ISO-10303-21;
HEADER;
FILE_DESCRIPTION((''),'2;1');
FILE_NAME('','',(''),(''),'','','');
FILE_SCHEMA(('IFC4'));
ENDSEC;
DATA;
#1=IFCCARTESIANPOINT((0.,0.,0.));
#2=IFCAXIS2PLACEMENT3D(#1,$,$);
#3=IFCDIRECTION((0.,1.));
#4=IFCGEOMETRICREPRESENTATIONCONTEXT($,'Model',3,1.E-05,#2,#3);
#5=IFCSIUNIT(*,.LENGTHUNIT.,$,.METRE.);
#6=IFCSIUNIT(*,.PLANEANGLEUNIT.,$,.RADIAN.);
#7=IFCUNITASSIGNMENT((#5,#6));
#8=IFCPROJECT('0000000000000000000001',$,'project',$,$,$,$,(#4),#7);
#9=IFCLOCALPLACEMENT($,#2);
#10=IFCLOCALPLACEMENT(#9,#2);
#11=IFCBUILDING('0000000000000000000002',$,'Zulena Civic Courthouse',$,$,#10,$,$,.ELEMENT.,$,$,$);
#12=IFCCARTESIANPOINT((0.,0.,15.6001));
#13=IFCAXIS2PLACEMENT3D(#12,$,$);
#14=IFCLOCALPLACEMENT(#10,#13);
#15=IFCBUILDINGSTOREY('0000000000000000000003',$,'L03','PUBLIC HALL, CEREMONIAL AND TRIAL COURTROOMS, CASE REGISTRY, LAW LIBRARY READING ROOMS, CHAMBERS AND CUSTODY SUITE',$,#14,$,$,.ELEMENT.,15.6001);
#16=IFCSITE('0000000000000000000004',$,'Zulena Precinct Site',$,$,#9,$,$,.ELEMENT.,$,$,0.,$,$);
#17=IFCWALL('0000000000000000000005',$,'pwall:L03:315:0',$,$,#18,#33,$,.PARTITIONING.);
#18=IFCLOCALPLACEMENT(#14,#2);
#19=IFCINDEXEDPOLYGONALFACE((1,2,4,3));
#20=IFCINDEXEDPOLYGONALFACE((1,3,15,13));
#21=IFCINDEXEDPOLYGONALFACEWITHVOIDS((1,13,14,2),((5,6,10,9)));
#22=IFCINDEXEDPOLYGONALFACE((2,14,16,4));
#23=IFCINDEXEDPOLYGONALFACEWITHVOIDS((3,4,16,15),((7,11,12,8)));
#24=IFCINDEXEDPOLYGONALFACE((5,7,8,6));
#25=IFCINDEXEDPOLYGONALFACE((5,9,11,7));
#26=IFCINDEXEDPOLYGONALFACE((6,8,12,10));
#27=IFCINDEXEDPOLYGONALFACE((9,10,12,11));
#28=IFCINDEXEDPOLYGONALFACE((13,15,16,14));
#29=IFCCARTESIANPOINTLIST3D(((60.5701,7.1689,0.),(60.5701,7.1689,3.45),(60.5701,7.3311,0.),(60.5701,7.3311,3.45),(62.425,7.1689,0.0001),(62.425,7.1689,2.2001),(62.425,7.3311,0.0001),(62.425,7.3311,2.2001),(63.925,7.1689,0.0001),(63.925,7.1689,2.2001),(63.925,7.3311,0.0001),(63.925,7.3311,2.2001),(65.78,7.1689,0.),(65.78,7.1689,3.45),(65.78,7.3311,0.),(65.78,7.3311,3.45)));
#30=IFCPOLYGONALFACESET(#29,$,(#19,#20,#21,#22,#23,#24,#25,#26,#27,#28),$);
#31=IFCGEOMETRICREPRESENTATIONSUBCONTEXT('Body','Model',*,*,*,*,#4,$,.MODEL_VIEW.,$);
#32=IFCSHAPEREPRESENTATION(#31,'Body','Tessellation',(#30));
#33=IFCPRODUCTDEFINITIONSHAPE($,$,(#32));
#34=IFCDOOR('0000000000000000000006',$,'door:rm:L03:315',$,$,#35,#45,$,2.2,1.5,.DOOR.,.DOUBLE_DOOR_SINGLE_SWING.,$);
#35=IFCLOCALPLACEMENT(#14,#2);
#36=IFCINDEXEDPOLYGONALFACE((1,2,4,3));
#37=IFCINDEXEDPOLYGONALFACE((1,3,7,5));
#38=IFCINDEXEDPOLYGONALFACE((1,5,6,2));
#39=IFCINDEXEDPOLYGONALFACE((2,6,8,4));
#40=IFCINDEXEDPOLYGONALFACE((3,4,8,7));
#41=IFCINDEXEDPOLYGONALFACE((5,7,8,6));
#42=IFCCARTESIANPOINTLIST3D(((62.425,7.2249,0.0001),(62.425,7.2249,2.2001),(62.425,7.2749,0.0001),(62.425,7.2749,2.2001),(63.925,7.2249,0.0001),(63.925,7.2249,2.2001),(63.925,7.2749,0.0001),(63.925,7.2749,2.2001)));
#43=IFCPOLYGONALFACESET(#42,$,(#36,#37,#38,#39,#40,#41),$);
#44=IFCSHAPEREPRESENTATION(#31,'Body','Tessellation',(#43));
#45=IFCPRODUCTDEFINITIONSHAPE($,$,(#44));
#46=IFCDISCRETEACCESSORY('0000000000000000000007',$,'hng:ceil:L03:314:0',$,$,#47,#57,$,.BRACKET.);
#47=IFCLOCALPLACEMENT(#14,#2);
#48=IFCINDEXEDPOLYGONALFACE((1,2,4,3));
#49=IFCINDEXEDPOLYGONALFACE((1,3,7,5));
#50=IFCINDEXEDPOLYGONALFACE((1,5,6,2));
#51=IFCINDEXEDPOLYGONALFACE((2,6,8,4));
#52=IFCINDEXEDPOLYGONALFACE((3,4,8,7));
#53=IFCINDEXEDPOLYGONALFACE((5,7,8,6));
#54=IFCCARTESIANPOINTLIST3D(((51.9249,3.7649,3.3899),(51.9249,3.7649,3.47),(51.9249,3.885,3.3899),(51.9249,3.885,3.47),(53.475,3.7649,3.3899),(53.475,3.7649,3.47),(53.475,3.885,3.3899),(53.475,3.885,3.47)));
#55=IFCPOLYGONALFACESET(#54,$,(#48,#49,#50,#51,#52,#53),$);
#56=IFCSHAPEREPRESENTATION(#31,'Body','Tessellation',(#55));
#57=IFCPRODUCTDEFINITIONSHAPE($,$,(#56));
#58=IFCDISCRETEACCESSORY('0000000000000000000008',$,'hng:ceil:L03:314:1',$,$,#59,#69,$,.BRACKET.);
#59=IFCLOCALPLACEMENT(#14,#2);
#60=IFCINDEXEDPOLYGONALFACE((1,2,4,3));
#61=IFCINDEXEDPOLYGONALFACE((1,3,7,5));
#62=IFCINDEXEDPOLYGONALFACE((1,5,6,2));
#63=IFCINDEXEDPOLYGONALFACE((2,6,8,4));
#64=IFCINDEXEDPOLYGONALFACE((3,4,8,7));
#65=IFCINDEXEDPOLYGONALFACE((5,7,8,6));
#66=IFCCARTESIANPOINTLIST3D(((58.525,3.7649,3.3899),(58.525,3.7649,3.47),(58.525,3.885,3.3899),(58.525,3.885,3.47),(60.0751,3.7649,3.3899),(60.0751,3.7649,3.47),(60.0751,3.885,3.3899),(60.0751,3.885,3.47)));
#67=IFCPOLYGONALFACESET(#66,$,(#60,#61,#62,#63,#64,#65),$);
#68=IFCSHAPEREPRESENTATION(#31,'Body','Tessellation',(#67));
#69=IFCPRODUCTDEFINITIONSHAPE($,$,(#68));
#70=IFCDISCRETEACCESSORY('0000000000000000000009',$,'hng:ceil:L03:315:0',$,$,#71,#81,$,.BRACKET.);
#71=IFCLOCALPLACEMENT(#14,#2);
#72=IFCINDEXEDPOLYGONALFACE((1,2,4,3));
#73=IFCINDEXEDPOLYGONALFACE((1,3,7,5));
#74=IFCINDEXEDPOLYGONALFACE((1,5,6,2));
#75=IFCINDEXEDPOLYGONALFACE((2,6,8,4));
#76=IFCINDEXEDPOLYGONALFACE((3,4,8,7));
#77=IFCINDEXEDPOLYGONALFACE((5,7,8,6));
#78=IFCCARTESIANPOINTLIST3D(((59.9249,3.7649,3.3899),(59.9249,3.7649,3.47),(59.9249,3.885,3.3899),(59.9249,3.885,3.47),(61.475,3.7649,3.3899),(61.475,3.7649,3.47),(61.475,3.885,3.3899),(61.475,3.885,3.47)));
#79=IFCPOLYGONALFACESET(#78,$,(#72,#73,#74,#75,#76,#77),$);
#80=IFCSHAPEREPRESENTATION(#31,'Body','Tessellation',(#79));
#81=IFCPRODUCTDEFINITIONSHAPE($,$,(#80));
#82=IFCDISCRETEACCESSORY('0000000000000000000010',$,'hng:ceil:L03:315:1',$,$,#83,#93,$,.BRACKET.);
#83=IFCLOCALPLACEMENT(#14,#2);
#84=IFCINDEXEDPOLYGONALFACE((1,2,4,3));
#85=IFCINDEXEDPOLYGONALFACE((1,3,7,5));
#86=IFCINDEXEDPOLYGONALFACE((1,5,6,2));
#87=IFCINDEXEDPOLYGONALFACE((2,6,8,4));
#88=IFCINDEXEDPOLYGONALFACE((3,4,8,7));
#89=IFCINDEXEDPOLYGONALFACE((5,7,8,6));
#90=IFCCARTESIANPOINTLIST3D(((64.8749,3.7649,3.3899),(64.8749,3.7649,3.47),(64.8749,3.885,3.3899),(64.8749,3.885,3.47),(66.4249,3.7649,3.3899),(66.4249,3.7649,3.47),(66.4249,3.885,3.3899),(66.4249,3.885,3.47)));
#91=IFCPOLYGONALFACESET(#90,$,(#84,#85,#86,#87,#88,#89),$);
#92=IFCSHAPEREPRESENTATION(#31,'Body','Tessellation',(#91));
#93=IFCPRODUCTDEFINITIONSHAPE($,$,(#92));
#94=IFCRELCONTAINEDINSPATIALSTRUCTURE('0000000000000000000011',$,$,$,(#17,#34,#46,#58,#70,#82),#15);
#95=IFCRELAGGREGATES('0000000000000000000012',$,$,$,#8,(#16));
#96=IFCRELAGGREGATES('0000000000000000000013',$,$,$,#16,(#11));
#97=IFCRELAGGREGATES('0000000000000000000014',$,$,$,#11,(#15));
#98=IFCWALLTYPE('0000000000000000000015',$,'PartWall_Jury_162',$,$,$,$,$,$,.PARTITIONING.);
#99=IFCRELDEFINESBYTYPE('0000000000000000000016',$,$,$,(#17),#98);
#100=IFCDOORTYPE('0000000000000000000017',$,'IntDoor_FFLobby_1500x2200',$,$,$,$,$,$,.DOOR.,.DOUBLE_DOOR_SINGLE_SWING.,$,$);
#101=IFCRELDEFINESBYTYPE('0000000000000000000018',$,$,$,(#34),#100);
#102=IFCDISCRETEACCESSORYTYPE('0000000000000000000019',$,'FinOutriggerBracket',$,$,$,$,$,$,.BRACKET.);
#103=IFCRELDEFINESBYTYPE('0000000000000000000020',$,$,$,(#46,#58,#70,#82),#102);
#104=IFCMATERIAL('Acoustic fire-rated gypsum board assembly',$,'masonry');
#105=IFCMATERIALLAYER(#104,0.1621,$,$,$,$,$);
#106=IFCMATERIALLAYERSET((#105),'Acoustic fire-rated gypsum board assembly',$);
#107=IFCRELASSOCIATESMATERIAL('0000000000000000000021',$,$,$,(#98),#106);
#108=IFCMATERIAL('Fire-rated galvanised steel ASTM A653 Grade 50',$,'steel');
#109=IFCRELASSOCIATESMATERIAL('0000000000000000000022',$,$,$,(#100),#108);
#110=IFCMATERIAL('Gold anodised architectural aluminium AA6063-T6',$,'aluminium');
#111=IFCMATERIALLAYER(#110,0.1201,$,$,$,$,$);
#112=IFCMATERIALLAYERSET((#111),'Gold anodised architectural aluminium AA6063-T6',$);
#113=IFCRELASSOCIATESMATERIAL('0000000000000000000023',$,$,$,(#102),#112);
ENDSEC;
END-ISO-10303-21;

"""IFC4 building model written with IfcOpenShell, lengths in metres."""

from ifc_helpers import new_model, si_unit, direction, frame, frame_2d, origin, origin_2d, place, context, subcontext, project, spatial, rectangle, extrude, material, layer, layer_set, type_object, element, fill, save


model = new_model("IFC4")

# Units and contexts
model_context = context("Model", 3, precision=1e-05, world=origin(), true_north=direction((0.0, 1.0)))
body_context = subcontext(model_context, "Body", "Model", "MODEL_VIEW")
ifc_project = project(units=[si_unit("LENGTHUNIT", "METRE"), si_unit("PLANEANGLEUNIT", "RADIAN")], contexts=[model_context])

# Site, building, storey
site_placement = place(None, origin())
site = spatial("IfcSite", under=ifc_project, at=site_placement, Name="Zulena Precinct Site", CompositionType="ELEMENT", RefElevation=0.0)
building_placement = place(site_placement, origin())
building = spatial("IfcBuilding", under=site, at=building_placement, Name="Zulena Civic Courthouse", CompositionType="ELEMENT")
storey_placement = place(building_placement, frame((0.0, 0.0, 15.6001)))
storey = spatial("IfcBuildingStorey", under=building, at=storey_placement, Name="L03", Description="PUBLIC HALL, CEREMONIAL AND TRIAL COURTROOMS, CASE REGISTRY, LAW LIBRARY READING ROOMS, CHAMBERS AND CUSTODY SUITE", CompositionType="ELEMENT", Elevation=15.6001)

# Shared definitions
ifc_material_1 = material(Name="Acoustic fire-rated gypsum board assembly", Category="masonry")

# Wall, opening, door
ifc_layer_1 = layer(ifc_material_1, 0.1621)
ifc_layer_set_1 = layer_set([ifc_layer_1], Name="Acoustic fire-rated gypsum board assembly")
wall_type_1 = type_object("IfcWallType", Name="PartWall_Jury_162", PredefinedType="PARTITIONING", material=ifc_layer_set_1)
wall_1_placement = place(storey_placement, frame((60.5701, 7.25, 0.0), z_axis=(0.0, 0.0, 1.0), x_axis=(1.0, 0.0, 0.0)))
wall_1 = element("IfcWall", 1, at=wall_1_placement, inside=storey, type_object=wall_type_1, Name="pwall:L03:315:0", PredefinedType="PARTITIONING", context=body_context, shape_type="SweptSolid", body=[
    extrude(rectangle(XDim=5.21, YDim=0.1621, at=frame_2d((2.605, 0.0))), origin(), (0.0, 0.0, 1.0), 3.45),
])
opening_1_placement = place(wall_1_placement, frame((1.855, 0.0, 0.0)))
opening_1 = element("IfcOpeningElement", 2, at=opening_1_placement, cuts=wall_1, PredefinedType="OPENING", context=body_context, shape_type="SweptSolid", body=[
    extrude(rectangle(XDim=1.5, YDim=2.2, at=frame_2d((0.75, 1.1001))), frame((0.0, 0.0911, 0.0), z_axis=(0.0, -1.0, 0.0), x_axis=(1.0, 0.0, 0.0)), (0.0, 0.0, 1.0), 0.1821),
])
ifc_material_2 = material(Name="Fire-rated galvanised steel ASTM A653 Grade 50", Category="steel")
door_type_1 = type_object("IfcDoorType", Name="IntDoor_FFLobby_1500x2200", OperationType="DOUBLE_DOOR_SINGLE_SWING", PredefinedType="DOOR", material=ifc_material_2)
door_1_placement = place(opening_1_placement, origin())
door_1 = element("IfcDoor", 3, at=door_1_placement, inside=storey, type_object=door_type_1, Name="door:rm:L03:315", OperationType="DOUBLE_DOOR_SINGLE_SWING", OverallHeight=2.2, OverallWidth=1.5, PredefinedType="DOOR", context=body_context, shape_type="SweptSolid", body=[
    extrude(rectangle(XDim=1.5, YDim=2.2, at=frame_2d((0.75, 1.1001))), frame((0.0, 0.0249, 0.0), z_axis=(0.0, -1.0, 0.0), x_axis=(1.0, 0.0, 0.0)), (0.0, 0.0, 1.0), 0.05),
])
fill(opening_1, door_1)

# Discrete accessories
ifc_material_3 = material(Name="Gold anodised architectural aluminium AA6063-T6", Category="aluminium")
ifc_layer_2 = layer(ifc_material_3, 0.1201)
ifc_layer_set_2 = layer_set([ifc_layer_2], Name="Gold anodised architectural aluminium AA6063-T6")
discrete_accessory_type = type_object("IfcDiscreteAccessoryType", Name="FinOutriggerBracket", PredefinedType="BRACKET", material=ifc_layer_set_2)
for number, where, z_axis, x_axis, name in (
    (4, (52.7, 3.825, 3.3899), (0.0, 0.0, 1.0), (1.0, 0.0, 0.0), "hng:ceil:L03:314:0"),
    (5, (59.3, 3.825, 3.3899), (0.0, 0.0, 1.0), (1.0, 0.0, 0.0), "hng:ceil:L03:314:1"),
    (6, (60.7, 3.825, 3.3899), (0.0, 0.0, 1.0), (1.0, 0.0, 0.0), "hng:ceil:L03:315:0"),
    (7, (65.6499, 3.825, 3.3899), (0.0, 0.0, 1.0), (1.0, 0.0, 0.0), "hng:ceil:L03:315:1"),
):
    element("IfcDiscreteAccessory", number, at=place(storey_placement, frame(where, z_axis=z_axis, x_axis=x_axis)), inside=storey, type_object=discrete_accessory_type, Name=name, PredefinedType="BRACKET", context=body_context, shape_type="SweptSolid", body=[
        extrude(rectangle(XDim=1.55, YDim=0.1201, at=origin_2d()), origin(), (0.0, 0.0, 1.0), 0.0801),
    ])

save(model, "model.ifc")
